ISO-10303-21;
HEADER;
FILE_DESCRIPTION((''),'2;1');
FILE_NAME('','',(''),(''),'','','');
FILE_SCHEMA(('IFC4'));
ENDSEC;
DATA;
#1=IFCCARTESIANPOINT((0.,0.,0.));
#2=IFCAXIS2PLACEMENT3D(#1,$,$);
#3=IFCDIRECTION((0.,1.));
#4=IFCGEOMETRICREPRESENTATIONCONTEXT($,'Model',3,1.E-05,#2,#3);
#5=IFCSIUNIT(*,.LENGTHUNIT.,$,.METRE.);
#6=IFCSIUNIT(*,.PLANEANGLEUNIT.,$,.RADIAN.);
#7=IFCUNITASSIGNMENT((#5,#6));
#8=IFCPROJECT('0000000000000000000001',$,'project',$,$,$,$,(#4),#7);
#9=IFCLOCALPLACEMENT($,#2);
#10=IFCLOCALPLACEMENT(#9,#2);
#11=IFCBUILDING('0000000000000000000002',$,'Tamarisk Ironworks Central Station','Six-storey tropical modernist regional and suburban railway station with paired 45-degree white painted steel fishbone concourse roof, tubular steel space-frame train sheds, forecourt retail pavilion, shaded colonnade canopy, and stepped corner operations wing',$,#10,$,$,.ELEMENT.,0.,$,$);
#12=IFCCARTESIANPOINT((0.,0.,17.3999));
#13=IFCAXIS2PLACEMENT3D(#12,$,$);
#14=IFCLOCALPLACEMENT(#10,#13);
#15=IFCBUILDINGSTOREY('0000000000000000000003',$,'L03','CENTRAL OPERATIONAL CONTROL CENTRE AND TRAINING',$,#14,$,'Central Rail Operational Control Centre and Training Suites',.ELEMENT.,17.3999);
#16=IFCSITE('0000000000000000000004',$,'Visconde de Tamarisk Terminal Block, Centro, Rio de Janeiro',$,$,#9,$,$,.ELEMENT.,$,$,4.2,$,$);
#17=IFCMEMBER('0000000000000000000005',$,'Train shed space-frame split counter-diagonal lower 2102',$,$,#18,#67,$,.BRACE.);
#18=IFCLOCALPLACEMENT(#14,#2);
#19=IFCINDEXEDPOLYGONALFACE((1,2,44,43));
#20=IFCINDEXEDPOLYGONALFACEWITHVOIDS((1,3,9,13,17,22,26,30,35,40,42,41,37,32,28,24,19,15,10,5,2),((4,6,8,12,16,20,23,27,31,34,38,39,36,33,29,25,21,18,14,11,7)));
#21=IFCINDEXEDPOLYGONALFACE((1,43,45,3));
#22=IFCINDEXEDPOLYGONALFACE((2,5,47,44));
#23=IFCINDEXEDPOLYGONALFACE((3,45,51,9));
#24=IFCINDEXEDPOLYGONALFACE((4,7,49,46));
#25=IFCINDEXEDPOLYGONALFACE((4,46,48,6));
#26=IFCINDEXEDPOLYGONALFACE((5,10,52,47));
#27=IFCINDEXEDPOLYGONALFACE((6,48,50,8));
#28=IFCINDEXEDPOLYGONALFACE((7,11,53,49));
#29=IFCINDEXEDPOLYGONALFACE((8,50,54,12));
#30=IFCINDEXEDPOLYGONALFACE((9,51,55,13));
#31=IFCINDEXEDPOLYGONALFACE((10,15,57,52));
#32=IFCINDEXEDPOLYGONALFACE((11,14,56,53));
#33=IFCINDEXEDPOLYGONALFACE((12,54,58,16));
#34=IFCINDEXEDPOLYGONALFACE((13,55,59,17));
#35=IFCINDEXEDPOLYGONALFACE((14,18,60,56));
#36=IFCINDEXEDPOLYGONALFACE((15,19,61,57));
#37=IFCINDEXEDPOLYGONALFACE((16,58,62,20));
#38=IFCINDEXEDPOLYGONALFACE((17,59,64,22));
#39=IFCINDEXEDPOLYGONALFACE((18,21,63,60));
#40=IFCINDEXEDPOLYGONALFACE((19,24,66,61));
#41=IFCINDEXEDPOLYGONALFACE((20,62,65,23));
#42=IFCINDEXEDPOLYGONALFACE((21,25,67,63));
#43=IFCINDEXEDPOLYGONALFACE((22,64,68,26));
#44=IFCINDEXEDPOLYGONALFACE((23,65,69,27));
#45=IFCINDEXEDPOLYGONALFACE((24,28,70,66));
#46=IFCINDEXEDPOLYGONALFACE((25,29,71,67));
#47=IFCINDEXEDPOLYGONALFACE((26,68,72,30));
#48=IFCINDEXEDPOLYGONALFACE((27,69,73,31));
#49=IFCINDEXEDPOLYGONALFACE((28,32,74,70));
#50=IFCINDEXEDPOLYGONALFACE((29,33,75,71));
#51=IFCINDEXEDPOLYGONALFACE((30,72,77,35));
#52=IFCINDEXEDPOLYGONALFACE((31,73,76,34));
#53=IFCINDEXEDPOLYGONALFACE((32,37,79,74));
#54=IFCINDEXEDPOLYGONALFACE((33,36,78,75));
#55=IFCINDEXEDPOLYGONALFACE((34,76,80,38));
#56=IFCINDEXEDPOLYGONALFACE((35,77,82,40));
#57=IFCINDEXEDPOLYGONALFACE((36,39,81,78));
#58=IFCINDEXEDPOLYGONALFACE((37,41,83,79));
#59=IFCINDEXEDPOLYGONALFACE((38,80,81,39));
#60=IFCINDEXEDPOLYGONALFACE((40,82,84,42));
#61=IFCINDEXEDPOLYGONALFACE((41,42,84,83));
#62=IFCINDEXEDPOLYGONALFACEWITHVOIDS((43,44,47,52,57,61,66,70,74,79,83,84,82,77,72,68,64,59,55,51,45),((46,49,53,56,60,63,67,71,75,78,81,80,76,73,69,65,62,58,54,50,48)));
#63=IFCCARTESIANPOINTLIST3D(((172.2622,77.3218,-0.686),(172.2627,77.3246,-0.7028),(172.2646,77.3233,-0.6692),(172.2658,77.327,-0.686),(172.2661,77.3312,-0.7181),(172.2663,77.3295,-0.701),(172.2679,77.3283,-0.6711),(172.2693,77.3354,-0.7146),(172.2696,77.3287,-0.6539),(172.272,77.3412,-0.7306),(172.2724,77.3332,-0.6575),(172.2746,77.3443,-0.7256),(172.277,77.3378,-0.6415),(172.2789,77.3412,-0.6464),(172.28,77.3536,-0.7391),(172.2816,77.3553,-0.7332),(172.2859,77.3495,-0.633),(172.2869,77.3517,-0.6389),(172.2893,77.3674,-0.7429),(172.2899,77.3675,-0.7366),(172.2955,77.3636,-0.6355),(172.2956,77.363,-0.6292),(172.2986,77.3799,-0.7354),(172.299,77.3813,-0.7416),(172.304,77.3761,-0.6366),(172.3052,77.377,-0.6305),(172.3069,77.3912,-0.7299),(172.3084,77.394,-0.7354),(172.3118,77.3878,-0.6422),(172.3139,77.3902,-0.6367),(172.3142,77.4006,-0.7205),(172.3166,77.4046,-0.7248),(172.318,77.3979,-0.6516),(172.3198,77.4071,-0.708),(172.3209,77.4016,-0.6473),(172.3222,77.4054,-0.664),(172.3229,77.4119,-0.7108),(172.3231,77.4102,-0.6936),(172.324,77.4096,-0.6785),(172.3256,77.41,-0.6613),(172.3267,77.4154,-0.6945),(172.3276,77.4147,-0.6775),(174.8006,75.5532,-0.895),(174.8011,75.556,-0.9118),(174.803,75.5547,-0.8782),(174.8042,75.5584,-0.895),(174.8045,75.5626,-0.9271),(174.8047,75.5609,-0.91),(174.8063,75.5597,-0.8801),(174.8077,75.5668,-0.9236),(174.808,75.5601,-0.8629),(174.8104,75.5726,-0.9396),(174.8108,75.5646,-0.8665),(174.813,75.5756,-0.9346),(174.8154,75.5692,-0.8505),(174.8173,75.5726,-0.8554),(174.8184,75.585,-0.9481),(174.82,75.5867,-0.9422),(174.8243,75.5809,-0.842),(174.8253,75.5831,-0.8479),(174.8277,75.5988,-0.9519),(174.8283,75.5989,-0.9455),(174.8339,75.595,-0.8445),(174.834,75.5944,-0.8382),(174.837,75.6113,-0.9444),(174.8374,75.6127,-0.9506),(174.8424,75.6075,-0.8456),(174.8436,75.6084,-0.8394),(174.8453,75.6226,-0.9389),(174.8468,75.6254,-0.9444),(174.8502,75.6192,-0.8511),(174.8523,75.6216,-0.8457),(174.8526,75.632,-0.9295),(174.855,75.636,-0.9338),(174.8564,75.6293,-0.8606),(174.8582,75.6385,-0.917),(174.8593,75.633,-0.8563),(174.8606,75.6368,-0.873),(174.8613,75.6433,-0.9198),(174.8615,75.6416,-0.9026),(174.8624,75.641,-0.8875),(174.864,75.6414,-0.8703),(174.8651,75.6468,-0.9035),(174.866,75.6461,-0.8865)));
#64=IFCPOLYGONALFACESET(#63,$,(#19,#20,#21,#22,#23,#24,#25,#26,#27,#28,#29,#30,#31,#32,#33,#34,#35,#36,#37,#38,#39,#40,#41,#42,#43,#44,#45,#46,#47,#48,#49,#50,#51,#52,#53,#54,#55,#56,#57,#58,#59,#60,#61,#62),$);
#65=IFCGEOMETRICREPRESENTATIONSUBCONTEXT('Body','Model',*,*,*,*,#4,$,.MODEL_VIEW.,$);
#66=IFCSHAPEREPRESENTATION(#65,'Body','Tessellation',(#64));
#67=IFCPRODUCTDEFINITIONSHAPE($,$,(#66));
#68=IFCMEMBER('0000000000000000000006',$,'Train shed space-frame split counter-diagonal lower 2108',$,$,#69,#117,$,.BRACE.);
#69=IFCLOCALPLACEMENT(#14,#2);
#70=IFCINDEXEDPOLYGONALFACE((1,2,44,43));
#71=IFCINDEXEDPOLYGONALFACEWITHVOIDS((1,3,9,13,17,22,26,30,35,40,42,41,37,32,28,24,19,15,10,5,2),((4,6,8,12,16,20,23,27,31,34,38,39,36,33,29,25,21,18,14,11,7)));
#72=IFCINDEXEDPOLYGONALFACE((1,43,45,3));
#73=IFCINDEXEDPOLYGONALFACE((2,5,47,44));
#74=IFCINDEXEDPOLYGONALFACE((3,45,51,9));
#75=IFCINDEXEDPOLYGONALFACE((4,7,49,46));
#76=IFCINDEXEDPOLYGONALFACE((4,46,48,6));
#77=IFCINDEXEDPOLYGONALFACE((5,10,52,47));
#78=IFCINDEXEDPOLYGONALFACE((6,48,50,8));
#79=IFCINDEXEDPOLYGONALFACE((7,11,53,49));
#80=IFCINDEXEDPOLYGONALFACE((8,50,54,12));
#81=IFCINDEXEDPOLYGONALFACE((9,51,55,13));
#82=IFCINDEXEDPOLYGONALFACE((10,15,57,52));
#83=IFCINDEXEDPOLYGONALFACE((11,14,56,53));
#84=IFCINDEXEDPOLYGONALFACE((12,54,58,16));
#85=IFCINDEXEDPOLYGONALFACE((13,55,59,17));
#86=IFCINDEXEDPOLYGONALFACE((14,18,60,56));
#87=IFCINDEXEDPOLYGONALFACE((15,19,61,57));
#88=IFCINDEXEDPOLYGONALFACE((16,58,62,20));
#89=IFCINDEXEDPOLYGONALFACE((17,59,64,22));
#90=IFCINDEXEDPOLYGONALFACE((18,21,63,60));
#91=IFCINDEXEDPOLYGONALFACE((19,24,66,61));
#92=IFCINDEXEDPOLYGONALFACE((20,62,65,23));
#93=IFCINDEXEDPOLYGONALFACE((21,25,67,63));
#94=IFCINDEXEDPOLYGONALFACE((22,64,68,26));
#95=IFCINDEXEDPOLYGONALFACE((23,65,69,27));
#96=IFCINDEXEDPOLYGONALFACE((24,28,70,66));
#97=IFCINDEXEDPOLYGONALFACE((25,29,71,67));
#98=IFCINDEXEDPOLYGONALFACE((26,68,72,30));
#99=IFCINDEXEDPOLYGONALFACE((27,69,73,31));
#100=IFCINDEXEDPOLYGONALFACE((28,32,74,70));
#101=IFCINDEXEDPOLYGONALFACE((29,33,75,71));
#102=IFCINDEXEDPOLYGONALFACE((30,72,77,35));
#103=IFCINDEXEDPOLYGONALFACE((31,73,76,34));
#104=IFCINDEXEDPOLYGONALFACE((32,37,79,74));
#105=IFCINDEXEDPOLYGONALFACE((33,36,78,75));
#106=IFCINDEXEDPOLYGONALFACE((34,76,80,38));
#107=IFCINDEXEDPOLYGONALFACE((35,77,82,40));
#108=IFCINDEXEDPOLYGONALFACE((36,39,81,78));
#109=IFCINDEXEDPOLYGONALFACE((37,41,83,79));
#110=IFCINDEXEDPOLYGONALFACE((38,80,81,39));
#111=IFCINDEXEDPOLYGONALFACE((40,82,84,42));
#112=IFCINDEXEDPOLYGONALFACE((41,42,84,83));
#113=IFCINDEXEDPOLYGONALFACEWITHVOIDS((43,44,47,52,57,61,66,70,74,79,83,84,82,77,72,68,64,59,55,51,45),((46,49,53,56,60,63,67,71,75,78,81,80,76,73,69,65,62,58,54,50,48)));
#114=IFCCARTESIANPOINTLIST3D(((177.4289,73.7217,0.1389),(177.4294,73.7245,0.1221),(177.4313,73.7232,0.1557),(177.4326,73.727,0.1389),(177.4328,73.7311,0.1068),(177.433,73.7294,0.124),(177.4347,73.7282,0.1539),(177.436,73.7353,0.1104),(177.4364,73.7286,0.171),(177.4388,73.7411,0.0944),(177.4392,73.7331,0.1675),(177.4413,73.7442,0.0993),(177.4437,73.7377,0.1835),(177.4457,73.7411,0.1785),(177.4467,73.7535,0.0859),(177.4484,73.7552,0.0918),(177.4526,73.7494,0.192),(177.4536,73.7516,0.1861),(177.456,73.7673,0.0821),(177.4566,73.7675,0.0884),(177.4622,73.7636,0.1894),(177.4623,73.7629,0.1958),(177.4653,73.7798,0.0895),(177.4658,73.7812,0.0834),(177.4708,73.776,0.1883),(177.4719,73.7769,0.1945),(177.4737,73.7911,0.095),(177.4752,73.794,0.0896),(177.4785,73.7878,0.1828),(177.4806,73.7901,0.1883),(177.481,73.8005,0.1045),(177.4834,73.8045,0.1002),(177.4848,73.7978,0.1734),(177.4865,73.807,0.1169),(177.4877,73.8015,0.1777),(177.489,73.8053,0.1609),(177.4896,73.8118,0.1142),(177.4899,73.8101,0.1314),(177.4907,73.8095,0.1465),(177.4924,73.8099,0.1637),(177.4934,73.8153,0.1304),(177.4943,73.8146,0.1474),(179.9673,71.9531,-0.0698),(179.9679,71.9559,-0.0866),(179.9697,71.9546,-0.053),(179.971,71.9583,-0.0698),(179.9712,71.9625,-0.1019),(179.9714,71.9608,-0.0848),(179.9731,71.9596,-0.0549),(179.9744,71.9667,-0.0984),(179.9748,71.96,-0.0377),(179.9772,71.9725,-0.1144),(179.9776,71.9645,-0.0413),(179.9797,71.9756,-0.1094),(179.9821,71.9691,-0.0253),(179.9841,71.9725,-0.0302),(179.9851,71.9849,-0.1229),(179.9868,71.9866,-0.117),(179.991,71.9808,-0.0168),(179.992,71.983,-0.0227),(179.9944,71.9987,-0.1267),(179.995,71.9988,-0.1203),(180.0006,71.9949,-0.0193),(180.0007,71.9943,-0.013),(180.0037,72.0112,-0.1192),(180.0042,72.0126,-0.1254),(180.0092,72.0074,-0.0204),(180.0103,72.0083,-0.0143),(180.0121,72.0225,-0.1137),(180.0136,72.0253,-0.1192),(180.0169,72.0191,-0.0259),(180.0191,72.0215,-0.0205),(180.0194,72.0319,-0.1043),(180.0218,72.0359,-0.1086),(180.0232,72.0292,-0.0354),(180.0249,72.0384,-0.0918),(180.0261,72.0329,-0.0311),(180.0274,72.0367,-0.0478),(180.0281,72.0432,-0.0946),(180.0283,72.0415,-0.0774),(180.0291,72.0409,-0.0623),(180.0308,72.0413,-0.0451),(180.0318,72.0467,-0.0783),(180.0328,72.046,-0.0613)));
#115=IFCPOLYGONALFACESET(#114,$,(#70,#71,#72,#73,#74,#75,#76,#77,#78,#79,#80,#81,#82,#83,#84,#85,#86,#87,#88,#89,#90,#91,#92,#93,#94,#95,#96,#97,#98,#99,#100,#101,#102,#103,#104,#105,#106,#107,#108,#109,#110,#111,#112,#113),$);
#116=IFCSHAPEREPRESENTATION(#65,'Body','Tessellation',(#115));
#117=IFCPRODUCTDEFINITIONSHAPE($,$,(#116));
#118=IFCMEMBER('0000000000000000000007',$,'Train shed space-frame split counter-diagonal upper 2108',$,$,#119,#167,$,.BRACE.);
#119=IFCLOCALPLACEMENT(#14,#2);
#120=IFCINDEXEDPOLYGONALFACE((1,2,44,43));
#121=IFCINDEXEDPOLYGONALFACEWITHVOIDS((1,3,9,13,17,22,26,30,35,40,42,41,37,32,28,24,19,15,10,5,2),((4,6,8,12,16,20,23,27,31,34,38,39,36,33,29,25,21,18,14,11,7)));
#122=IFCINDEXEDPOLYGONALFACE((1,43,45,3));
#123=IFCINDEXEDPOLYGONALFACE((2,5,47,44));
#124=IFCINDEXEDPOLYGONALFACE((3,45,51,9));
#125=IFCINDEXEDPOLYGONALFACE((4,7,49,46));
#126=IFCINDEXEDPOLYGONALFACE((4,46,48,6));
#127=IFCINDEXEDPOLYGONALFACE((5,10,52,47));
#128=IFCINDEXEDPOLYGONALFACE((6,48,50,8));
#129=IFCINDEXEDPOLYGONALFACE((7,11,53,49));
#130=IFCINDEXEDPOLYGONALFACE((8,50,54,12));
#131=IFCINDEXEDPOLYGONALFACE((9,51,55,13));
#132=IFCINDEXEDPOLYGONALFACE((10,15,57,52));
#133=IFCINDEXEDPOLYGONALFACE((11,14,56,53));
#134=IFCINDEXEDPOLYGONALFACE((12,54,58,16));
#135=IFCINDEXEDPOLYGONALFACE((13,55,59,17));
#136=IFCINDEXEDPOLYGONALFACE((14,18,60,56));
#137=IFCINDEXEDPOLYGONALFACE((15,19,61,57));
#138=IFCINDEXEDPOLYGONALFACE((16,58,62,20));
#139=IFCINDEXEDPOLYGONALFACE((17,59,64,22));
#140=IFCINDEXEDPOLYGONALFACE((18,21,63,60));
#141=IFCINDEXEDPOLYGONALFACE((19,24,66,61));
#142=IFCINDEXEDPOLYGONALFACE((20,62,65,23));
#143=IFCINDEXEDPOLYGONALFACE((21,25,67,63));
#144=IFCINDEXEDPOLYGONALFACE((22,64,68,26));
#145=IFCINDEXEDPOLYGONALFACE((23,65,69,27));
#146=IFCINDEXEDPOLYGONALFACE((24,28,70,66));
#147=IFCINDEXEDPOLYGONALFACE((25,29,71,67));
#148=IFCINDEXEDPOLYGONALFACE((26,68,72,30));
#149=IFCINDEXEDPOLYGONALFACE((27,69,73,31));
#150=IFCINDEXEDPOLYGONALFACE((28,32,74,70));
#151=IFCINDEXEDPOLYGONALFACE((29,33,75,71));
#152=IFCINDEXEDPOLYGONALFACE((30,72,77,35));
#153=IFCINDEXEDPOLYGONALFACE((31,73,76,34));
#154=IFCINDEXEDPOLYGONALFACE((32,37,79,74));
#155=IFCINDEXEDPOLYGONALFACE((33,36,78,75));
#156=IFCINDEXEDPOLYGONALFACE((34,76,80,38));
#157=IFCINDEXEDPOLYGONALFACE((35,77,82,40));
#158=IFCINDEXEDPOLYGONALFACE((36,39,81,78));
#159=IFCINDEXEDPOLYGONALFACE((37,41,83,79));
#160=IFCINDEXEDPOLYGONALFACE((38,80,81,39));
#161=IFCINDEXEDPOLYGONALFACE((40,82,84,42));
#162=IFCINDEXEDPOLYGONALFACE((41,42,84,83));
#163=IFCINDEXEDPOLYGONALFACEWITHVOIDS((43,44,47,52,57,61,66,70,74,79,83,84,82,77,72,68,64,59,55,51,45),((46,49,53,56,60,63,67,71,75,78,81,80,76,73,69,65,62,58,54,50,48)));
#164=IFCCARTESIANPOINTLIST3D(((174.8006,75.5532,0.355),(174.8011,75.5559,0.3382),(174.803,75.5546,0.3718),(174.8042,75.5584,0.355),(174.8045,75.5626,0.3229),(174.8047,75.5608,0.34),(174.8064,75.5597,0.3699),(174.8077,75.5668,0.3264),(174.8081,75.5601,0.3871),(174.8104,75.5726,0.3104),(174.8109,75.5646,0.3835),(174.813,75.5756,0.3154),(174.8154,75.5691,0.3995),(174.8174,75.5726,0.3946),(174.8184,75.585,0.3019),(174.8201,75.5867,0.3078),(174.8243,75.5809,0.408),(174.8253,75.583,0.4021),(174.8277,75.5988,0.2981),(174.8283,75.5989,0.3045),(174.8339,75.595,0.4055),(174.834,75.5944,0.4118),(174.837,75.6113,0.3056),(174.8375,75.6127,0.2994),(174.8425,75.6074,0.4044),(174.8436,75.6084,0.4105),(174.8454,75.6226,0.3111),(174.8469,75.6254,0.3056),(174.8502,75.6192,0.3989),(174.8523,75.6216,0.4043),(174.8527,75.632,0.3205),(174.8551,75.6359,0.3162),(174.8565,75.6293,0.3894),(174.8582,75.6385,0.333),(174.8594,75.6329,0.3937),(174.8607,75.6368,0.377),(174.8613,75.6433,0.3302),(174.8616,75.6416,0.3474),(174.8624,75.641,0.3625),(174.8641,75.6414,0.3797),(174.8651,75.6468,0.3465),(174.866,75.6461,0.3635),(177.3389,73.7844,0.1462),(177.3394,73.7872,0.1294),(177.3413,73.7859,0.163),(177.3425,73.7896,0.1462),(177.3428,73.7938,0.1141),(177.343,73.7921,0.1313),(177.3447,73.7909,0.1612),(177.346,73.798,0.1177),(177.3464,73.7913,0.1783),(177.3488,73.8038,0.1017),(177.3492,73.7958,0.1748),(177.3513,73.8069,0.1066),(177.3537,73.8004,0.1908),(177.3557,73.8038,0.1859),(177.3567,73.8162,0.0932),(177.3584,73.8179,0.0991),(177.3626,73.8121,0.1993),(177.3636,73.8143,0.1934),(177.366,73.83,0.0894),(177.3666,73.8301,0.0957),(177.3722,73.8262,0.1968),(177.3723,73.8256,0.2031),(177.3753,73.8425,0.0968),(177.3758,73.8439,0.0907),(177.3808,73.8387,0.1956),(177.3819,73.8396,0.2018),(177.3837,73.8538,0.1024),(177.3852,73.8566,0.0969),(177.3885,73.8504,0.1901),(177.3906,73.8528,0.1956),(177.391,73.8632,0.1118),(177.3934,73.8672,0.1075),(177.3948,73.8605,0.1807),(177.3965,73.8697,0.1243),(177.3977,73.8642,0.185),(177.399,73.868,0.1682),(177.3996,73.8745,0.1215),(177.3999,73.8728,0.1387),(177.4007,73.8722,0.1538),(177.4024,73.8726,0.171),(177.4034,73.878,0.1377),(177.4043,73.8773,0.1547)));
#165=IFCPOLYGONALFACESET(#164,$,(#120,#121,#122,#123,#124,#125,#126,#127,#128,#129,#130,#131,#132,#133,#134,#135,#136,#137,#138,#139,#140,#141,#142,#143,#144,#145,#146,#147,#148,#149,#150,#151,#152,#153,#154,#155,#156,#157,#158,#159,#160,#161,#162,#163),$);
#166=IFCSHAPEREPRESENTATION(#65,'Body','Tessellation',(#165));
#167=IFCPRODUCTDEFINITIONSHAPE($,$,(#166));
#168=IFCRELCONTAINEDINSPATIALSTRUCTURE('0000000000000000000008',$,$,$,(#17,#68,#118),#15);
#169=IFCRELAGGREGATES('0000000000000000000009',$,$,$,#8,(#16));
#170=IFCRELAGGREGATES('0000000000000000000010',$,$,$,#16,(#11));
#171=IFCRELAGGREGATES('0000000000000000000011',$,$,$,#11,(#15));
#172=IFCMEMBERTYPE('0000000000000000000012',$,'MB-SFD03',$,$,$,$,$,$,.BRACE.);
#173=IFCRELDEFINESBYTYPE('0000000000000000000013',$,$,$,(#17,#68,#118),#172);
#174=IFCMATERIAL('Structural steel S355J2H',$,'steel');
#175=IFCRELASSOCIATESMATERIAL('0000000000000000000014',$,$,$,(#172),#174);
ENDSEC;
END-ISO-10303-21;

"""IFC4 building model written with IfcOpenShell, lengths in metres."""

from ifc_helpers import new_model, si_unit, direction, frame, origin, origin_2d, place, context, subcontext, project, spatial, hollow_circle, extrude, material, material_profile, profile_set, type_object, element, save


model = new_model("IFC4")

# Units and contexts
model_context = context("Model", 3, precision=1e-05, world=origin(), true_north=direction((0.0, 1.0)))
body_context = subcontext(model_context, "Body", "Model", "MODEL_VIEW")
ifc_project = project(units=[si_unit("LENGTHUNIT", "METRE"), si_unit("PLANEANGLEUNIT", "RADIAN")], contexts=[model_context])

# Site, building, storey
site_placement = place(None, origin())
site = spatial("IfcSite", under=ifc_project, at=site_placement, Name="Visconde de Tamarisk Terminal Block, Centro, Rio de Janeiro", CompositionType="ELEMENT", RefElevation=4.2)
building_placement = place(site_placement, origin())
building = spatial("IfcBuilding", under=site, at=building_placement, Name="Tamarisk Ironworks Central Station", Description="Six-storey tropical modernist regional and suburban railway station with paired 45-degree white painted steel fishbone concourse roof, tubular steel space-frame train sheds, forecourt retail pavilion, shaded colonnade canopy, and stepped corner operations wing", CompositionType="ELEMENT", ElevationOfRefHeight=0.0)
storey_placement = place(building_placement, frame((0.0, 0.0, 17.3999)))
storey = spatial("IfcBuildingStorey", under=building, at=storey_placement, Name="L03", Description="CENTRAL OPERATIONAL CONTROL CENTRE AND TRAINING", LongName="Central Rail Operational Control Centre and Training Suites", CompositionType="ELEMENT", Elevation=17.3999)

# Members
ifc_material_1 = material(Name="Structural steel S355J2H", Category="steel")
ifc_material_profile_1 = material_profile(ifc_material_1, hollow_circle(Radius=0.0571, WallThickness=0.0063, at=origin_2d()), Name="CHS 114.3x6.3")
ifc_profile_set_1 = profile_set([ifc_material_profile_1], Name="Structural steel S355J2H")
member_type_1 = type_object("IfcMemberType", Name="MB-SFD03", PredefinedType="BRACE", material=ifc_profile_set_1)
for number, where, z_axis, x_axis, name in (
    (1, (174.8333, 75.6001, -0.895), (-0.818621, 0.570366, 0.067398), (-0.571666, -0.820487, 0.0), "Train shed space-frame split counter-diagonal lower 2102"),
    (2, (180.0, 72.0, -0.0698), (-0.818625, 0.570369, 0.06732), (-0.571666, -0.820487, 0.0), "Train shed space-frame split counter-diagonal lower 2108"),
    (3, (177.3716, 73.8313, 0.1462), (-0.818589, 0.570422, 0.067317), (-0.571719, -0.82045, 0.0), "Train shed space-frame split counter-diagonal upper 2108"),
):
    element("IfcMember", number, at=place(storey_placement, frame(where, z_axis=z_axis, x_axis=x_axis)), inside=storey, type_object=member_type_1, Name=name, PredefinedType="BRACE", context=body_context, shape_type="SweptSolid", body=[
        extrude(hollow_circle(Radius=0.0571, WallThickness=0.0063, at=origin_2d()), origin(), (0.0, 0.0, 1.0), 3.1008),
    ])

save(model, "model.ifc")
